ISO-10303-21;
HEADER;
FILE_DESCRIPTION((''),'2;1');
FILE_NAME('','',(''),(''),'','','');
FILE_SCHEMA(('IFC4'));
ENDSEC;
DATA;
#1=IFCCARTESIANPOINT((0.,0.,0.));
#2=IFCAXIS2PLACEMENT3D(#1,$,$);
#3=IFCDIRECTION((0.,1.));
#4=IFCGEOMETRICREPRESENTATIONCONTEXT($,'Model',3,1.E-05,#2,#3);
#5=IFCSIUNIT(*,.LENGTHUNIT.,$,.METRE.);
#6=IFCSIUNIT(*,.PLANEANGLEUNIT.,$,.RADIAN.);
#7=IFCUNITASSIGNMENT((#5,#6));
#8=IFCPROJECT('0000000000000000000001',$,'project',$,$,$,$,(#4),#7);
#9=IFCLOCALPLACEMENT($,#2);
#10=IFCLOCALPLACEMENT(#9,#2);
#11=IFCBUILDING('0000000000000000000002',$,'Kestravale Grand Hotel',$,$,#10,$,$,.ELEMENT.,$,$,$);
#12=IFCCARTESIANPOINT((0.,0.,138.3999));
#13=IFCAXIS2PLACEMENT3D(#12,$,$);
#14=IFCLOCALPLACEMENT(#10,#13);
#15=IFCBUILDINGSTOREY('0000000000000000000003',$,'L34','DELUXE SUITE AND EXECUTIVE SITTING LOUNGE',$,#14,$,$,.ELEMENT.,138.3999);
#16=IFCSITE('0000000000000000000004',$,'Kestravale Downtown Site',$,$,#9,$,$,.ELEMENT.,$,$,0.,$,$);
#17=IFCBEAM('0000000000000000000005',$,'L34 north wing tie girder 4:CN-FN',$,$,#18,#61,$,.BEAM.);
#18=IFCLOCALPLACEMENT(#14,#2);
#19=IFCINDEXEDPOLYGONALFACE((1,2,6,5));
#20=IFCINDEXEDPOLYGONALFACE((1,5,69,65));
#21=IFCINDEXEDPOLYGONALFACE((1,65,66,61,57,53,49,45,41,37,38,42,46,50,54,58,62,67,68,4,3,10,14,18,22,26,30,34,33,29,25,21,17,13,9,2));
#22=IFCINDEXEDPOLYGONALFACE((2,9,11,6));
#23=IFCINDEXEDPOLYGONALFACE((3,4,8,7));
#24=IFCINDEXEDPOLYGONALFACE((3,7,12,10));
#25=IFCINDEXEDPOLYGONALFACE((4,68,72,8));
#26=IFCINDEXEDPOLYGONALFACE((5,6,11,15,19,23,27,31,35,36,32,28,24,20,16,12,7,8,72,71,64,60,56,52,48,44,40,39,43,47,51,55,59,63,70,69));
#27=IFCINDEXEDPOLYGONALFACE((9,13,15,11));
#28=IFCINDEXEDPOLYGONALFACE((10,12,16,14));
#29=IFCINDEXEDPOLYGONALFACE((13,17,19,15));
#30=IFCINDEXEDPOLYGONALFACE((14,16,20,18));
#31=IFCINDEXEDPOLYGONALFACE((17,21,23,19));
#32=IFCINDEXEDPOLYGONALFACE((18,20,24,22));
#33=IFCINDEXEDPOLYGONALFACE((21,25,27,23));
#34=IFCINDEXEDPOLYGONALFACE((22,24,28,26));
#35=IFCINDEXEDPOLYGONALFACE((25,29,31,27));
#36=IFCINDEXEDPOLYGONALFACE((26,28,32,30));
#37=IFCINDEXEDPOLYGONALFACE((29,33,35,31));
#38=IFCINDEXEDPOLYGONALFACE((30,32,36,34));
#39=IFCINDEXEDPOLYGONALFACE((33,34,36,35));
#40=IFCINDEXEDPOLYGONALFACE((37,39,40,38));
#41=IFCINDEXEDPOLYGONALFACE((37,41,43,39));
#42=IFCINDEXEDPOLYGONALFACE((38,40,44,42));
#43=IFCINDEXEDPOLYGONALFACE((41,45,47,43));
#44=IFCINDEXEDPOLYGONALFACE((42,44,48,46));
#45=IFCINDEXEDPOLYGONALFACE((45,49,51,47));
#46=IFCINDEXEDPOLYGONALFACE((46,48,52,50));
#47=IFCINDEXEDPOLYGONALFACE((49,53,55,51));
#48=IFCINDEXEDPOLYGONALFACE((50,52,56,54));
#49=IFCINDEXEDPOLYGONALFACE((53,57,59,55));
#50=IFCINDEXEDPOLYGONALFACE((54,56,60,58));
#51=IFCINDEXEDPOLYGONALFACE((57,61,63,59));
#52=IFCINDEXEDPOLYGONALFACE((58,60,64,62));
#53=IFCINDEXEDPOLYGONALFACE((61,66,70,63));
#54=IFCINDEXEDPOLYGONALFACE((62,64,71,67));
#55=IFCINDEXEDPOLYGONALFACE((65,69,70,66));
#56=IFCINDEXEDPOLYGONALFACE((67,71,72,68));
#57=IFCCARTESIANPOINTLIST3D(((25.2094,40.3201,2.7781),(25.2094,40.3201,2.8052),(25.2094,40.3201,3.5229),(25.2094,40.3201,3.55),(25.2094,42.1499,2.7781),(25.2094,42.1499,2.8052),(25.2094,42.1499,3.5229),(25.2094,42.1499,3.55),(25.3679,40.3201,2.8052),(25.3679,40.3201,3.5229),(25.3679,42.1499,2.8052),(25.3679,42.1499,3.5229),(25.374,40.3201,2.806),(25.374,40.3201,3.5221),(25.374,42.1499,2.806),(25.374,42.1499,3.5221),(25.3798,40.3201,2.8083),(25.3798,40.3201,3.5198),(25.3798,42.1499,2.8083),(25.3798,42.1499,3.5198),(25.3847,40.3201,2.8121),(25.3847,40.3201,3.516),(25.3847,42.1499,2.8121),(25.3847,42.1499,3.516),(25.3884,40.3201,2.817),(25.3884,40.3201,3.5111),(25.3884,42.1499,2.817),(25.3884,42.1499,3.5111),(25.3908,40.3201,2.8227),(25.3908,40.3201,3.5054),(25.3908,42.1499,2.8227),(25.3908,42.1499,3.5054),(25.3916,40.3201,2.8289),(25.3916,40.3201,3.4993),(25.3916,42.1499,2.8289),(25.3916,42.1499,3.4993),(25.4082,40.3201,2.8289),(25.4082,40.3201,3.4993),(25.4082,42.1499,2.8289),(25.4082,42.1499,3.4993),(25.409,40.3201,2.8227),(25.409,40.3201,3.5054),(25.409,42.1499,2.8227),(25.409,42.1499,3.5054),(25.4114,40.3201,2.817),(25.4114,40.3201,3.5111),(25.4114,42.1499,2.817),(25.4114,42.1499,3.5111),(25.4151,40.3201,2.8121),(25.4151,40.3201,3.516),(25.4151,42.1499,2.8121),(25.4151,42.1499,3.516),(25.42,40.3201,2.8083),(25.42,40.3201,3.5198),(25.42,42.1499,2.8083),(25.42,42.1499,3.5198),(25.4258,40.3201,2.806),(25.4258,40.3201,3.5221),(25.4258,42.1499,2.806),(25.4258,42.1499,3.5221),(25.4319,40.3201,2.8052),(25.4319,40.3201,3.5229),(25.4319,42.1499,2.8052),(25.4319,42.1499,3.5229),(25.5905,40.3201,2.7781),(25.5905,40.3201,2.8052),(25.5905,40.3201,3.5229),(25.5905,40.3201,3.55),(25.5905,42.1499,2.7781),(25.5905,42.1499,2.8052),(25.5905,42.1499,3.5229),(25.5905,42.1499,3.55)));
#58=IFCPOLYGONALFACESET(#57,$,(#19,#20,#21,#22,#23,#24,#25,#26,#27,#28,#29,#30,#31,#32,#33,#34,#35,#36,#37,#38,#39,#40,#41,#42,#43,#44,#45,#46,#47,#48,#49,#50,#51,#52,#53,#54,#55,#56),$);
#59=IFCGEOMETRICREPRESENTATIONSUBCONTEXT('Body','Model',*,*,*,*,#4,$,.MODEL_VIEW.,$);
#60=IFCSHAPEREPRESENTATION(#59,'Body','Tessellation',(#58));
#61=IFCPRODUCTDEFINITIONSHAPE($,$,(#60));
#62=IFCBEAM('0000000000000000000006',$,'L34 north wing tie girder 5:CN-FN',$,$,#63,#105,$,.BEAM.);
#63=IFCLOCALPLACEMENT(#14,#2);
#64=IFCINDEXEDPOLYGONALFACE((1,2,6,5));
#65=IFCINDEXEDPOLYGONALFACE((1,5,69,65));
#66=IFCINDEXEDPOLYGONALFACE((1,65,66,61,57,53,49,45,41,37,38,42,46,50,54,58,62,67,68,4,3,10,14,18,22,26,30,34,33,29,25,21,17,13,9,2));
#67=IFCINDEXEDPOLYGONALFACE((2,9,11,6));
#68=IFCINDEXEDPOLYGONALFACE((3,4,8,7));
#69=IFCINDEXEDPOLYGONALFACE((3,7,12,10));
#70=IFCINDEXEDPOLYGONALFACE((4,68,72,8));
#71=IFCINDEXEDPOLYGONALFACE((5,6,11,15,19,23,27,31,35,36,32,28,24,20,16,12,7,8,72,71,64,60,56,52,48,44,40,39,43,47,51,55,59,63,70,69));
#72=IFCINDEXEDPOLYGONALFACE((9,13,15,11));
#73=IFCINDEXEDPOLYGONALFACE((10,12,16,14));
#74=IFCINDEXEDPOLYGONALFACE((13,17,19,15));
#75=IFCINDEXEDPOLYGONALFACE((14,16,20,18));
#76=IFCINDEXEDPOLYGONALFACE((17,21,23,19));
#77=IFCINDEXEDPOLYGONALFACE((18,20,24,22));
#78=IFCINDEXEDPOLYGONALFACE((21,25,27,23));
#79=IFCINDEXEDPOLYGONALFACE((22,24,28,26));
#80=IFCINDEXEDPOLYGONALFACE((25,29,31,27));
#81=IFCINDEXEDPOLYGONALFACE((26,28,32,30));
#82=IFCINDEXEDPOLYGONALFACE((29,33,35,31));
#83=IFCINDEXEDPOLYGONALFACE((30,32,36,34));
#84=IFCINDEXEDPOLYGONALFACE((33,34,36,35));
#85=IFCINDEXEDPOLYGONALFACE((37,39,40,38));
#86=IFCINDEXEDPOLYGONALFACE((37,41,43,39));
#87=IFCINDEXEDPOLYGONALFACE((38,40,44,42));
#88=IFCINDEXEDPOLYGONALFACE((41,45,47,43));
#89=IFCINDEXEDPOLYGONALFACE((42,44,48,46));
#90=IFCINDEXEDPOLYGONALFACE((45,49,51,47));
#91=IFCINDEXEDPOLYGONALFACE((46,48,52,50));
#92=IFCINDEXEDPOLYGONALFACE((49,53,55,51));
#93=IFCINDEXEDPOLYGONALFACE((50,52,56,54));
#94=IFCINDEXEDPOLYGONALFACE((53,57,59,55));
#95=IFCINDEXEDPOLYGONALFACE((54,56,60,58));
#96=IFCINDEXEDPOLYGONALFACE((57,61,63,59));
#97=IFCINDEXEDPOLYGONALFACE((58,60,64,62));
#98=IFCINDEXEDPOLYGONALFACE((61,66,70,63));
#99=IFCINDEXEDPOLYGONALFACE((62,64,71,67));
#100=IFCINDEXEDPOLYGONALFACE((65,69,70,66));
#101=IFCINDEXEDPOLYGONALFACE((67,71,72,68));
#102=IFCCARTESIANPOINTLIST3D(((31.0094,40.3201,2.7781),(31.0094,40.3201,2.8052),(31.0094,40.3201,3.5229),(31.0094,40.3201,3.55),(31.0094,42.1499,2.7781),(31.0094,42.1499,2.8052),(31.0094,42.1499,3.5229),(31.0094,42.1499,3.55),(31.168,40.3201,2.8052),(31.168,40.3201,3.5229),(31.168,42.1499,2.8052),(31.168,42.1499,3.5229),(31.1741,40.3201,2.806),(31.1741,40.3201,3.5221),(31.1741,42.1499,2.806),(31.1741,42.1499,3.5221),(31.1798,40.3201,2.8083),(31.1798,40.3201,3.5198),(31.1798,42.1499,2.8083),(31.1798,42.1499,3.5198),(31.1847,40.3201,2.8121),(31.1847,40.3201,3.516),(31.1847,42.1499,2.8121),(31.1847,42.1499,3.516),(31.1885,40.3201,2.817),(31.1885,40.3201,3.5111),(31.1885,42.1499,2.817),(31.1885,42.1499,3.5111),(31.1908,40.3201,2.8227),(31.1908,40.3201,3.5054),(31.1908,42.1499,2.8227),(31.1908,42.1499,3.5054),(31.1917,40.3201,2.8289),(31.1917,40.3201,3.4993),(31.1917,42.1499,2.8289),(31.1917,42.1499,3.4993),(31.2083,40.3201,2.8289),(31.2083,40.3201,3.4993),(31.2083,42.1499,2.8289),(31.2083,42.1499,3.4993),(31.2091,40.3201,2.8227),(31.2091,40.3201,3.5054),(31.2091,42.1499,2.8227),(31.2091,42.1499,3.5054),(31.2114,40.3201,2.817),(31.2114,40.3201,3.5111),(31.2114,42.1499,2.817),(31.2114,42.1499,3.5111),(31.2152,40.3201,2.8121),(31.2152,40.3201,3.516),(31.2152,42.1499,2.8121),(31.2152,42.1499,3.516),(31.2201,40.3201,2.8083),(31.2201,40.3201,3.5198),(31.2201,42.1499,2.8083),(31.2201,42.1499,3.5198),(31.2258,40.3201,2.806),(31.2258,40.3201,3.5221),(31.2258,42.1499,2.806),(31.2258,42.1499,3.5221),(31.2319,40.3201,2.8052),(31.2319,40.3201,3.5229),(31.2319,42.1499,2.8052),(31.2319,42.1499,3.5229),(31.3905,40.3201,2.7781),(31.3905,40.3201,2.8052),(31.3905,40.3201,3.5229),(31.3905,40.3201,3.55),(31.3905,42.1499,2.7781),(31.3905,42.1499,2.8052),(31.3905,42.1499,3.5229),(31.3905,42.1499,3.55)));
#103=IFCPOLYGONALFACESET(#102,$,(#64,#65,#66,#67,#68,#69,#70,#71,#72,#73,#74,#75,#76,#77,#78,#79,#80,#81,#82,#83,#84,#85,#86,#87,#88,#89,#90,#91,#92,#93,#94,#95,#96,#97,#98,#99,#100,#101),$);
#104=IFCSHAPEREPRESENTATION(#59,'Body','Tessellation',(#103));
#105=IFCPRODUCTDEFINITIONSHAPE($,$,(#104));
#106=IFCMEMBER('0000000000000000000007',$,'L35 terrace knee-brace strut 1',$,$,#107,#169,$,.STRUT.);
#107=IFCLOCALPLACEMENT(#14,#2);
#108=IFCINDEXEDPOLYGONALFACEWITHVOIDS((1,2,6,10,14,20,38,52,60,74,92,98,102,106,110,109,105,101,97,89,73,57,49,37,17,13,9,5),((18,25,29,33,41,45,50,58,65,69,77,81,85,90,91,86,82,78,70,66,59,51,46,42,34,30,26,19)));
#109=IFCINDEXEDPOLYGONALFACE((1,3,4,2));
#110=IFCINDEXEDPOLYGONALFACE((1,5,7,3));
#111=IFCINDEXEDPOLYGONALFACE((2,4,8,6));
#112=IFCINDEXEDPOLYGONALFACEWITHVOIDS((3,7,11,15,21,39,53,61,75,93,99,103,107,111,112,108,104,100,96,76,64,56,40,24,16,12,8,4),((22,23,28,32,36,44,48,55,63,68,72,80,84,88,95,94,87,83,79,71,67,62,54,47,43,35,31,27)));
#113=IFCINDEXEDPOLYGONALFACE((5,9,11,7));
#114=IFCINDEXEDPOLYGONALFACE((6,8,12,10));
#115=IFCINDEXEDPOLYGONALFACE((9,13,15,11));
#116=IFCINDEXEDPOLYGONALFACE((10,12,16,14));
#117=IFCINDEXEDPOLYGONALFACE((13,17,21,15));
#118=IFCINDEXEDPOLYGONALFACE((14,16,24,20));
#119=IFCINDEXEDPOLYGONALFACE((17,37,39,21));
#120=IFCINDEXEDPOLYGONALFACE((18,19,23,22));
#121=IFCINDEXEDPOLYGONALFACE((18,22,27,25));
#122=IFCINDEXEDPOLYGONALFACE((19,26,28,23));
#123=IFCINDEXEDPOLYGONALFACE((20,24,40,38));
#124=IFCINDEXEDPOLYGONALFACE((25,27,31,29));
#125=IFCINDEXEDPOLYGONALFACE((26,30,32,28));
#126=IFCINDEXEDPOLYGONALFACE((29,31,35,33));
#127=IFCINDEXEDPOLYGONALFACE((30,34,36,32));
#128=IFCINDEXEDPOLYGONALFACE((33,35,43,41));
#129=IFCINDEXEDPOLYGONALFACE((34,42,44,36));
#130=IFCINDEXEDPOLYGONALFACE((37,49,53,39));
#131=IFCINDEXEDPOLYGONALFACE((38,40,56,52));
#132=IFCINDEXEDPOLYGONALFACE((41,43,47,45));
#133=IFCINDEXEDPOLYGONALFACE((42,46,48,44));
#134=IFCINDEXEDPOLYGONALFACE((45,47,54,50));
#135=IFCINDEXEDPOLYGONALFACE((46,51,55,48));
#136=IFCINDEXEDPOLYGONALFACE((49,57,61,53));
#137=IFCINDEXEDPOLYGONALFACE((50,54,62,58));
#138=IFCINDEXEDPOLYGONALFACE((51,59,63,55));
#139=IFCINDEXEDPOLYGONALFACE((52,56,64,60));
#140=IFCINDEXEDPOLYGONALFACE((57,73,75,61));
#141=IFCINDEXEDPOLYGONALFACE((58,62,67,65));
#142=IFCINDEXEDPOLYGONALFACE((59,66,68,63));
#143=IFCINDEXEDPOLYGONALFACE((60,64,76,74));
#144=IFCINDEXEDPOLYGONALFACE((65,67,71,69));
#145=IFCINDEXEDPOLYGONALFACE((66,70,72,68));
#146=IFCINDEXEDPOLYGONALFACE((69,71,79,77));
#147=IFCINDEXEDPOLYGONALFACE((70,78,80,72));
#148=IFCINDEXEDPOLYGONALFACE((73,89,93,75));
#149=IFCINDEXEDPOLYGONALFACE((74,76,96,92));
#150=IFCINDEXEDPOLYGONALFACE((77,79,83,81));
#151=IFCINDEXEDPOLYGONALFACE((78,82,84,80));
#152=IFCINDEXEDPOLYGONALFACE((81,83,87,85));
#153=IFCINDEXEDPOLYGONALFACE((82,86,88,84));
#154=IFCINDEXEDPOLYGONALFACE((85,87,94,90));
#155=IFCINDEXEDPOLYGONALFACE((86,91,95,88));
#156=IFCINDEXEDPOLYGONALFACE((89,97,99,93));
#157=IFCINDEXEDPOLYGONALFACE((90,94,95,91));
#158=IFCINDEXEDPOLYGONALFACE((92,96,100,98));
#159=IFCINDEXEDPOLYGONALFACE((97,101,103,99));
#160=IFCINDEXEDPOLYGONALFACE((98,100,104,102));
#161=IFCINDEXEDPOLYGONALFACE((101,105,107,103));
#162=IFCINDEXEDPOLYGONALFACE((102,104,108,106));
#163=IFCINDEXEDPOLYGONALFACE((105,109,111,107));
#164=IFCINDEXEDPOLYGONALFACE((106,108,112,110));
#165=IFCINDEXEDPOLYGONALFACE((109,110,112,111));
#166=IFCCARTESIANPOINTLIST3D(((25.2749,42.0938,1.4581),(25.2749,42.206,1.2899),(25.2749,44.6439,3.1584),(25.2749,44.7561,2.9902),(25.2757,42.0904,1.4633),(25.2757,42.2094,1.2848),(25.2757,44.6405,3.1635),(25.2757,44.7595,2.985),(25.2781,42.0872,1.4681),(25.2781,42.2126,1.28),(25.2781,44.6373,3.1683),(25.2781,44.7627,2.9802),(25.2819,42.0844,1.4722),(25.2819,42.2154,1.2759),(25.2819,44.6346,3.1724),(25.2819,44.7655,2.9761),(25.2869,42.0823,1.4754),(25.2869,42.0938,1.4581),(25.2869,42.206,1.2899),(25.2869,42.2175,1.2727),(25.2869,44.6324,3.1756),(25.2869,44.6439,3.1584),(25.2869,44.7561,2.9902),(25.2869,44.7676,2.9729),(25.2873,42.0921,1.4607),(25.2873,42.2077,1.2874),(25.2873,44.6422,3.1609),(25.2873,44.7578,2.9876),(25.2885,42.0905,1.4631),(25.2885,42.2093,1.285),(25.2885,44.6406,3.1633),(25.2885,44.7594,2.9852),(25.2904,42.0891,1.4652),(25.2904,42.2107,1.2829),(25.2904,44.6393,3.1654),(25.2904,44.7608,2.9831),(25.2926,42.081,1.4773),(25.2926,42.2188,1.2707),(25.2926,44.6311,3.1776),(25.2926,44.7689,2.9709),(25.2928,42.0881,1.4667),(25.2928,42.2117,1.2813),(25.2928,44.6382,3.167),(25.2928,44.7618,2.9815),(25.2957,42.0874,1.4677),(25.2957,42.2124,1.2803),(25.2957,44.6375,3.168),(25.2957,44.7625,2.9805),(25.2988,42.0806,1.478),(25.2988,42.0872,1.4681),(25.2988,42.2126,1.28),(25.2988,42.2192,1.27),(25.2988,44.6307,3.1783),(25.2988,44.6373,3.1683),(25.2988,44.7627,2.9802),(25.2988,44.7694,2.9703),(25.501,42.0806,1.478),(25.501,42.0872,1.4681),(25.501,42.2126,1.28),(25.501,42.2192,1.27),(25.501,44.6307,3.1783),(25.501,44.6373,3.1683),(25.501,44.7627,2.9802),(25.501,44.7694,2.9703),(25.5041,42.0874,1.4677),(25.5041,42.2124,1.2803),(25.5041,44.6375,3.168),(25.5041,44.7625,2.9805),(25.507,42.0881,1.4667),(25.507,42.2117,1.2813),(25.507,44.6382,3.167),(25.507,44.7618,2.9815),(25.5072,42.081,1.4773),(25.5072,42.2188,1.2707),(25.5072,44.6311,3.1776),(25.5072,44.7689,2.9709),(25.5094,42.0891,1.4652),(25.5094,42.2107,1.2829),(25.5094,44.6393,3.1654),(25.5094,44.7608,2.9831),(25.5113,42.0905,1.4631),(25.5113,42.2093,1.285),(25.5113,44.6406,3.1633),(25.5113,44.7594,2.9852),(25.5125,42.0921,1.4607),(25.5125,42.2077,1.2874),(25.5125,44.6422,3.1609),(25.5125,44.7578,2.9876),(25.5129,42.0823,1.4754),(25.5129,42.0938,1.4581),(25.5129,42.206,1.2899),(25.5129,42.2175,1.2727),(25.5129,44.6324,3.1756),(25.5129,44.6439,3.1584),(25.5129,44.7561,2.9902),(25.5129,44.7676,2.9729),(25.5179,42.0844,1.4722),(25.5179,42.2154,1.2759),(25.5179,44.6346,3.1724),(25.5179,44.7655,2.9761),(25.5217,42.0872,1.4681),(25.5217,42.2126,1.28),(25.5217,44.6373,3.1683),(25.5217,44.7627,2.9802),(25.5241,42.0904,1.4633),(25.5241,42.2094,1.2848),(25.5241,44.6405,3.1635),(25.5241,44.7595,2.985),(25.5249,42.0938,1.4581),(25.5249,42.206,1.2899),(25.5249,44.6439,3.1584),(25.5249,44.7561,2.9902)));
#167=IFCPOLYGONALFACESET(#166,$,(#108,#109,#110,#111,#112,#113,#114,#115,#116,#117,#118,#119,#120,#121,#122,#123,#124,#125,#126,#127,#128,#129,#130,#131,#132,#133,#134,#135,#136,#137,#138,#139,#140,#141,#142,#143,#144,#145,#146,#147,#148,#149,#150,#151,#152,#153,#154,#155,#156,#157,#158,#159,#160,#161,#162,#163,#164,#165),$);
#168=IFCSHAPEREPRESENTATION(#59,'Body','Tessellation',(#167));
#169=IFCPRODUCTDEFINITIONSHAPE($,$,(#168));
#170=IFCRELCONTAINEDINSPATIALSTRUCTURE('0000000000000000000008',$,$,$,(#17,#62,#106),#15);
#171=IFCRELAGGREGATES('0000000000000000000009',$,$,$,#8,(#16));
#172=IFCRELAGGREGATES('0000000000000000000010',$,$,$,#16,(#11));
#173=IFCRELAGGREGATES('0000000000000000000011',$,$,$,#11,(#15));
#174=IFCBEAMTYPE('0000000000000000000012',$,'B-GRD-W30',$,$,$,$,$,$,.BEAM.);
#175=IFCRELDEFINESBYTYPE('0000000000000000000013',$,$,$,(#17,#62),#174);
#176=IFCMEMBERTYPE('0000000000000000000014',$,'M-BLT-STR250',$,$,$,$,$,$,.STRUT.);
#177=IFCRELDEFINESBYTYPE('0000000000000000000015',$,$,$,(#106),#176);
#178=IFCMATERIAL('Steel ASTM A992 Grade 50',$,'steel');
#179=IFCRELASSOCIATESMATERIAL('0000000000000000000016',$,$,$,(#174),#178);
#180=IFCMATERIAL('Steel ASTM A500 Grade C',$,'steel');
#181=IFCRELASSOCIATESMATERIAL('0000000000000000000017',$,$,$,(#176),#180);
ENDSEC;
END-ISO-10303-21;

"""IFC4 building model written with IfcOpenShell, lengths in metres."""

from ifc_helpers import new_model, si_unit, direction, frame, origin, origin_2d, place, context, subcontext, project, spatial, hollow_rectangle, i_section, extrude, material, material_profile, profile_set, type_object, element, save


model = new_model("IFC4")

# Units and contexts
model_context = context("Model", 3, precision=1e-05, world=origin(), true_north=direction((0.0, 1.0)))
body_context = subcontext(model_context, "Body", "Model", "MODEL_VIEW")
ifc_project = project(units=[si_unit("LENGTHUNIT", "METRE"), si_unit("PLANEANGLEUNIT", "RADIAN")], contexts=[model_context])

# Site, building, storey
site_placement = place(None, origin())
site = spatial("IfcSite", under=ifc_project, at=site_placement, Name="Kestravale Downtown Site", CompositionType="ELEMENT", RefElevation=0.0)
building_placement = place(site_placement, origin())
building = spatial("IfcBuilding", under=site, at=building_placement, Name="Kestravale Grand Hotel", CompositionType="ELEMENT")
storey_placement = place(building_placement, frame((0.0, 0.0, 138.3999)))
storey = spatial("IfcBuildingStorey", under=building, at=storey_placement, Name="L34", Description="DELUXE SUITE AND EXECUTIVE SITTING LOUNGE", CompositionType="ELEMENT", Elevation=138.3999)

# Beams
ifc_material_1 = material(Name="Steel ASTM A992 Grade 50", Category="steel")
ifc_material_profile_1 = material_profile(ifc_material_1, i_section(OverallWidth=0.3811, OverallDepth=0.772, WebThickness=0.0166, FlangeThickness=0.0271, FilletRadius=0.0237, at=origin_2d()))
ifc_profile_set_1 = profile_set([ifc_material_profile_1], Name="Steel ASTM A992 Grade 50")
beam_type_1 = type_object("IfcBeamType", Name="B-GRD-W30", PredefinedType="BEAM", material=ifc_profile_set_1)
for number, where, z_axis, x_axis, name in (
    (1, (25.3999, 40.3201, 3.1641), (0.0, 1.0, 0.0), (-1.0, 0.0, 0.0), "L34 north wing tie girder 4:CN-FN"),
    (2, (31.2, 40.3201, 3.1641), (0.0, 1.0, 0.0), (-1.0, 0.0, 0.0), "L34 north wing tie girder 5:CN-FN"),
):
    element("IfcBeam", number, at=place(storey_placement, frame(where, z_axis=z_axis, x_axis=x_axis)), inside=storey, type_object=beam_type_1, Name=name, PredefinedType="BEAM", context=body_context, shape_type="SweptSolid", body=[
        extrude(i_section(OverallWidth=0.3811, OverallDepth=0.772, WebThickness=0.0166, FlangeThickness=0.0271, FilletRadius=0.0237, at=origin_2d()), origin(), (0.0, 0.0, 1.0), 1.8298),
    ])

# Member
ifc_material_2 = material(Name="Steel ASTM A500 Grade C", Category="steel")
ifc_material_profile_2 = material_profile(ifc_material_2, hollow_rectangle(XDim=0.25, YDim=0.25, WallThickness=0.012, InnerFilletRadius=0.012, OuterFilletRadius=0.0239, at=origin_2d()))
ifc_profile_set_2 = profile_set([ifc_material_profile_2], Name="Steel ASTM A500 Grade C")
member_type = type_object("IfcMemberType", Name="M-BLT-STR250", PredefinedType="STRUT", material=ifc_profile_set_2)
for number, where, z_axis, x_axis, name in (
    (3, (25.3999, 42.1499, 1.374), (0.0, 0.832026, 0.554737), (-1.0, 0.0, 0.0), "L35 terrace knee-brace strut 1"),
):
    element("IfcMember", number, at=place(storey_placement, frame(where, z_axis=z_axis, x_axis=x_axis)), inside=storey, type_object=member_type, Name=name, PredefinedType="STRUT", context=body_context, shape_type="SweptSolid", body=[
        extrude(hollow_rectangle(XDim=0.25, YDim=0.25, WallThickness=0.012, InnerFilletRadius=0.012, OuterFilletRadius=0.0239, at=origin_2d()), origin(), (0.0, 0.0, 1.0), 3.0649),
    ])

save(model, "model.ifc")
